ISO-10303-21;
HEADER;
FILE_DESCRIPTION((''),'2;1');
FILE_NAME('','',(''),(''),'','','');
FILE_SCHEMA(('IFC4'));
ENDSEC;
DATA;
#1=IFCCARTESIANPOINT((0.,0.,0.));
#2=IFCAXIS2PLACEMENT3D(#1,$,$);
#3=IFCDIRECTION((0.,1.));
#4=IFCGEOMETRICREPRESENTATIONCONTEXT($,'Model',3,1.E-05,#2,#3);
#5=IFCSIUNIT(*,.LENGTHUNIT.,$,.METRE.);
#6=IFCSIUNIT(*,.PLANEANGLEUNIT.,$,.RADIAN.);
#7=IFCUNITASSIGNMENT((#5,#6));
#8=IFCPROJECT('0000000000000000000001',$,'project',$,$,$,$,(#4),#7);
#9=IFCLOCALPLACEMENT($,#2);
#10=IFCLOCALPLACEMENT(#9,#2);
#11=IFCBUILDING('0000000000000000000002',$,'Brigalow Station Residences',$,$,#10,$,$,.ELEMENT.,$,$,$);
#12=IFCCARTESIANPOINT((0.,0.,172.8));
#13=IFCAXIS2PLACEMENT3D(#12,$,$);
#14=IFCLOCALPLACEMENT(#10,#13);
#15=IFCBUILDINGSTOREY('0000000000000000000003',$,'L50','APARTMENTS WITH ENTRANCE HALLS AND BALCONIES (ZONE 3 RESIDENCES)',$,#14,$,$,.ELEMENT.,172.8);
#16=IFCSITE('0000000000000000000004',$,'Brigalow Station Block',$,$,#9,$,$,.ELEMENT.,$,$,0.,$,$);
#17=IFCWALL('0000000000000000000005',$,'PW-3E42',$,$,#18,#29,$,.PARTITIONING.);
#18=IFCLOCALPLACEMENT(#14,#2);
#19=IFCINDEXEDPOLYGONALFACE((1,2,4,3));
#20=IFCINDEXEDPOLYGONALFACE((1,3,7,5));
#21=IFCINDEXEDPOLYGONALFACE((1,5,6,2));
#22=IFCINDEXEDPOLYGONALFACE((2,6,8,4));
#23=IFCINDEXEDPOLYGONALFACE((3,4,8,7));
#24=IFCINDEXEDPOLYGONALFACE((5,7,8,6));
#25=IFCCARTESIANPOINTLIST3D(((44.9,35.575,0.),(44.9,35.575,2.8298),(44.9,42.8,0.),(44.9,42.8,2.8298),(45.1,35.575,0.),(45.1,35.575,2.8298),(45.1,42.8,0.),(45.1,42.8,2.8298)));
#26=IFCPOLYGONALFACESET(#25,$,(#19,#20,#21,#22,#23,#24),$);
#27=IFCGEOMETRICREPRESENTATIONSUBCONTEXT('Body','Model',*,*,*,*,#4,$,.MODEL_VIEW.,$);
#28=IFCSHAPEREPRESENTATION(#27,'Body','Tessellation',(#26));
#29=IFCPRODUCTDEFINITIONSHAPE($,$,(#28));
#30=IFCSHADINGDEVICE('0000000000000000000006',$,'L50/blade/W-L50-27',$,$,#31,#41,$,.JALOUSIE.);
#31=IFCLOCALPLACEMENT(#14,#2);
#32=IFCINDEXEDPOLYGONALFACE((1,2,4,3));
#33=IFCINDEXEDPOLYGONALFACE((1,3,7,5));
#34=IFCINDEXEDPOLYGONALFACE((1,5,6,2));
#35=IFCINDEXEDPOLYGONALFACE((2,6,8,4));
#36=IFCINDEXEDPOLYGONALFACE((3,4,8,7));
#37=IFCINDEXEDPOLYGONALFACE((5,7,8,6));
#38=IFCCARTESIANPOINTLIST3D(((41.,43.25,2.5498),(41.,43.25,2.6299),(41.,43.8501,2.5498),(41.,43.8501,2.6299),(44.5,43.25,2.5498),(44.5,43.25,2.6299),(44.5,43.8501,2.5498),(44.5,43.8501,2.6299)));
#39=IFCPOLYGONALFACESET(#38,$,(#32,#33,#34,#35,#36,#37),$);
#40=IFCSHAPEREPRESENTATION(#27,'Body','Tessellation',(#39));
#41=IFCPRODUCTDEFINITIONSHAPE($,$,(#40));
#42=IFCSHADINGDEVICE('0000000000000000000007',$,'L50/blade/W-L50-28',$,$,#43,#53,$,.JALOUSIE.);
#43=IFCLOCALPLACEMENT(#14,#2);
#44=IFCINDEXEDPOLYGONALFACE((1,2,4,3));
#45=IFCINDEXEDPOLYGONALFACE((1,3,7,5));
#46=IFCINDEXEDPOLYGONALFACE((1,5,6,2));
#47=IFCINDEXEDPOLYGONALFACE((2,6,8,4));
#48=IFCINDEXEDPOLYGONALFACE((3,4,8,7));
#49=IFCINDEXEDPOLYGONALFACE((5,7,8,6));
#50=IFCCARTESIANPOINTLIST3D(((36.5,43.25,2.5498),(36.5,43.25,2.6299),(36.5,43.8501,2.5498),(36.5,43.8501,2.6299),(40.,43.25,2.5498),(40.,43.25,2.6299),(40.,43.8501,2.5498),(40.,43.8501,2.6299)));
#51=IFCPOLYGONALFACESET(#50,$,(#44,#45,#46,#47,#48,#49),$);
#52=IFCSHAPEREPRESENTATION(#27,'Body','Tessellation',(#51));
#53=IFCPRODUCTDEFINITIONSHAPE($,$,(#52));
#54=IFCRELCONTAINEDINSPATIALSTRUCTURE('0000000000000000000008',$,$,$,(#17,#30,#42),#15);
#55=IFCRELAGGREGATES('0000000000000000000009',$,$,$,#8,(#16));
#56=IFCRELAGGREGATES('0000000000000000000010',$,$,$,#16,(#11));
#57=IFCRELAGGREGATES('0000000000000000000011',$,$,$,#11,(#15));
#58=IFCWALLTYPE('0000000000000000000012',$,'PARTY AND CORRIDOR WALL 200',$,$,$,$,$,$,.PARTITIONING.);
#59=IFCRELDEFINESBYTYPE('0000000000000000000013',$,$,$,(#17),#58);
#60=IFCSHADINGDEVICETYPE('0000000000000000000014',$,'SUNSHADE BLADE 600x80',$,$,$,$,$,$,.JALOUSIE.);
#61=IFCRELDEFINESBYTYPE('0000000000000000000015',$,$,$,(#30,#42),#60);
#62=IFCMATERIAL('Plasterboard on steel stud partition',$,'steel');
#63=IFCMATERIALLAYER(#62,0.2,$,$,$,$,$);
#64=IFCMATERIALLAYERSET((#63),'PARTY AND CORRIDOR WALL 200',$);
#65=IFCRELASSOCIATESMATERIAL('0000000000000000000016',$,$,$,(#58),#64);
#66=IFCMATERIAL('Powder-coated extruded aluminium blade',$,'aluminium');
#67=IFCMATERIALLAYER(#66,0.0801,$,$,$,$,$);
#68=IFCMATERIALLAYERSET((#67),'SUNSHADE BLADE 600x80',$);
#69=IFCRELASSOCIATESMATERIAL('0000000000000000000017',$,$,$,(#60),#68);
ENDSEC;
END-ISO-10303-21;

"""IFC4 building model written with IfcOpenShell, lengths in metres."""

from ifc_helpers import new_model, si_unit, direction, frame, frame_2d, origin, origin_2d, place, context, subcontext, project, spatial, rectangle, extrude, material, layer, layer_set, type_object, element, save


model = new_model("IFC4")

# Units and contexts
model_context = context("Model", 3, precision=1e-05, world=origin(), true_north=direction((0.0, 1.0)))
body_context = subcontext(model_context, "Body", "Model", "MODEL_VIEW")
ifc_project = project(units=[si_unit("LENGTHUNIT", "METRE"), si_unit("PLANEANGLEUNIT", "RADIAN")], contexts=[model_context])

# Site, building, storey
site_placement = place(None, origin())
site = spatial("IfcSite", under=ifc_project, at=site_placement, Name="Brigalow Station Block", CompositionType="ELEMENT", RefElevation=0.0)
building_placement = place(site_placement, origin())
building = spatial("IfcBuilding", under=site, at=building_placement, Name="Brigalow Station Residences", CompositionType="ELEMENT")
storey_placement = place(building_placement, frame((0.0, 0.0, 172.8)))
storey = spatial("IfcBuildingStorey", under=building, at=storey_placement, Name="L50", Description="APARTMENTS WITH ENTRANCE HALLS AND BALCONIES (ZONE 3 RESIDENCES)", CompositionType="ELEMENT", Elevation=172.8)

# Wall
ifc_material_1 = material(Name="Plasterboard on steel stud partition", Category="steel")
ifc_layer_1 = layer(ifc_material_1, 0.2)
ifc_layer_set_1 = layer_set([ifc_layer_1], Name="PARTY AND CORRIDOR WALL 200")
wall_type_1 = type_object("IfcWallType", Name="PARTY AND CORRIDOR WALL 200", PredefinedType="PARTITIONING", material=ifc_layer_set_1)
wall_1_placement = place(storey_placement, frame((45.0, 35.575, 0.0), z_axis=(0.0, 0.0, 1.0), x_axis=(0.0, 1.0, 0.0)))
element("IfcWall", 1, at=wall_1_placement, inside=storey, type_object=wall_type_1, Name="PW-3E42", PredefinedType="PARTITIONING", context=body_context, shape_type="SweptSolid", body=[
    extrude(rectangle(XDim=7.2251, YDim=0.2, at=frame_2d((3.6125, 0.0))), origin(), (0.0, 0.0, 1.0), 2.8298),
])

# Shading devices
ifc_material_2 = material(Name="Powder-coated extruded aluminium blade", Category="aluminium")
ifc_layer_2 = layer(ifc_material_2, 0.0801)
ifc_layer_set_2 = layer_set([ifc_layer_2], Name="SUNSHADE BLADE 600x80")
shading_device_type = type_object("IfcShadingDeviceType", Name="SUNSHADE BLADE 600x80", PredefinedType="JALOUSIE", material=ifc_layer_set_2)
for number, where, z_axis, x_axis, name in (
    (2, (42.75, 43.55, 2.5498), (0.0, 0.0, 1.0), (-1.0, 0.0, 0.0), "L50/blade/W-L50-27"),
    (3, (38.25, 43.55, 2.5498), (0.0, 0.0, 1.0), (-1.0, 0.0, 0.0), "L50/blade/W-L50-28"),
):
    element("IfcShadingDevice", number, at=place(storey_placement, frame(where, z_axis=z_axis, x_axis=x_axis)), inside=storey, type_object=shading_device_type, Name=name, PredefinedType="JALOUSIE", context=body_context, shape_type="SweptSolid", body=[
        extrude(rectangle(XDim=3.5, YDim=0.6001, at=origin_2d()), origin(), (0.0, 0.0, 1.0), 0.0801),
    ])

save(model, "model.ifc")
